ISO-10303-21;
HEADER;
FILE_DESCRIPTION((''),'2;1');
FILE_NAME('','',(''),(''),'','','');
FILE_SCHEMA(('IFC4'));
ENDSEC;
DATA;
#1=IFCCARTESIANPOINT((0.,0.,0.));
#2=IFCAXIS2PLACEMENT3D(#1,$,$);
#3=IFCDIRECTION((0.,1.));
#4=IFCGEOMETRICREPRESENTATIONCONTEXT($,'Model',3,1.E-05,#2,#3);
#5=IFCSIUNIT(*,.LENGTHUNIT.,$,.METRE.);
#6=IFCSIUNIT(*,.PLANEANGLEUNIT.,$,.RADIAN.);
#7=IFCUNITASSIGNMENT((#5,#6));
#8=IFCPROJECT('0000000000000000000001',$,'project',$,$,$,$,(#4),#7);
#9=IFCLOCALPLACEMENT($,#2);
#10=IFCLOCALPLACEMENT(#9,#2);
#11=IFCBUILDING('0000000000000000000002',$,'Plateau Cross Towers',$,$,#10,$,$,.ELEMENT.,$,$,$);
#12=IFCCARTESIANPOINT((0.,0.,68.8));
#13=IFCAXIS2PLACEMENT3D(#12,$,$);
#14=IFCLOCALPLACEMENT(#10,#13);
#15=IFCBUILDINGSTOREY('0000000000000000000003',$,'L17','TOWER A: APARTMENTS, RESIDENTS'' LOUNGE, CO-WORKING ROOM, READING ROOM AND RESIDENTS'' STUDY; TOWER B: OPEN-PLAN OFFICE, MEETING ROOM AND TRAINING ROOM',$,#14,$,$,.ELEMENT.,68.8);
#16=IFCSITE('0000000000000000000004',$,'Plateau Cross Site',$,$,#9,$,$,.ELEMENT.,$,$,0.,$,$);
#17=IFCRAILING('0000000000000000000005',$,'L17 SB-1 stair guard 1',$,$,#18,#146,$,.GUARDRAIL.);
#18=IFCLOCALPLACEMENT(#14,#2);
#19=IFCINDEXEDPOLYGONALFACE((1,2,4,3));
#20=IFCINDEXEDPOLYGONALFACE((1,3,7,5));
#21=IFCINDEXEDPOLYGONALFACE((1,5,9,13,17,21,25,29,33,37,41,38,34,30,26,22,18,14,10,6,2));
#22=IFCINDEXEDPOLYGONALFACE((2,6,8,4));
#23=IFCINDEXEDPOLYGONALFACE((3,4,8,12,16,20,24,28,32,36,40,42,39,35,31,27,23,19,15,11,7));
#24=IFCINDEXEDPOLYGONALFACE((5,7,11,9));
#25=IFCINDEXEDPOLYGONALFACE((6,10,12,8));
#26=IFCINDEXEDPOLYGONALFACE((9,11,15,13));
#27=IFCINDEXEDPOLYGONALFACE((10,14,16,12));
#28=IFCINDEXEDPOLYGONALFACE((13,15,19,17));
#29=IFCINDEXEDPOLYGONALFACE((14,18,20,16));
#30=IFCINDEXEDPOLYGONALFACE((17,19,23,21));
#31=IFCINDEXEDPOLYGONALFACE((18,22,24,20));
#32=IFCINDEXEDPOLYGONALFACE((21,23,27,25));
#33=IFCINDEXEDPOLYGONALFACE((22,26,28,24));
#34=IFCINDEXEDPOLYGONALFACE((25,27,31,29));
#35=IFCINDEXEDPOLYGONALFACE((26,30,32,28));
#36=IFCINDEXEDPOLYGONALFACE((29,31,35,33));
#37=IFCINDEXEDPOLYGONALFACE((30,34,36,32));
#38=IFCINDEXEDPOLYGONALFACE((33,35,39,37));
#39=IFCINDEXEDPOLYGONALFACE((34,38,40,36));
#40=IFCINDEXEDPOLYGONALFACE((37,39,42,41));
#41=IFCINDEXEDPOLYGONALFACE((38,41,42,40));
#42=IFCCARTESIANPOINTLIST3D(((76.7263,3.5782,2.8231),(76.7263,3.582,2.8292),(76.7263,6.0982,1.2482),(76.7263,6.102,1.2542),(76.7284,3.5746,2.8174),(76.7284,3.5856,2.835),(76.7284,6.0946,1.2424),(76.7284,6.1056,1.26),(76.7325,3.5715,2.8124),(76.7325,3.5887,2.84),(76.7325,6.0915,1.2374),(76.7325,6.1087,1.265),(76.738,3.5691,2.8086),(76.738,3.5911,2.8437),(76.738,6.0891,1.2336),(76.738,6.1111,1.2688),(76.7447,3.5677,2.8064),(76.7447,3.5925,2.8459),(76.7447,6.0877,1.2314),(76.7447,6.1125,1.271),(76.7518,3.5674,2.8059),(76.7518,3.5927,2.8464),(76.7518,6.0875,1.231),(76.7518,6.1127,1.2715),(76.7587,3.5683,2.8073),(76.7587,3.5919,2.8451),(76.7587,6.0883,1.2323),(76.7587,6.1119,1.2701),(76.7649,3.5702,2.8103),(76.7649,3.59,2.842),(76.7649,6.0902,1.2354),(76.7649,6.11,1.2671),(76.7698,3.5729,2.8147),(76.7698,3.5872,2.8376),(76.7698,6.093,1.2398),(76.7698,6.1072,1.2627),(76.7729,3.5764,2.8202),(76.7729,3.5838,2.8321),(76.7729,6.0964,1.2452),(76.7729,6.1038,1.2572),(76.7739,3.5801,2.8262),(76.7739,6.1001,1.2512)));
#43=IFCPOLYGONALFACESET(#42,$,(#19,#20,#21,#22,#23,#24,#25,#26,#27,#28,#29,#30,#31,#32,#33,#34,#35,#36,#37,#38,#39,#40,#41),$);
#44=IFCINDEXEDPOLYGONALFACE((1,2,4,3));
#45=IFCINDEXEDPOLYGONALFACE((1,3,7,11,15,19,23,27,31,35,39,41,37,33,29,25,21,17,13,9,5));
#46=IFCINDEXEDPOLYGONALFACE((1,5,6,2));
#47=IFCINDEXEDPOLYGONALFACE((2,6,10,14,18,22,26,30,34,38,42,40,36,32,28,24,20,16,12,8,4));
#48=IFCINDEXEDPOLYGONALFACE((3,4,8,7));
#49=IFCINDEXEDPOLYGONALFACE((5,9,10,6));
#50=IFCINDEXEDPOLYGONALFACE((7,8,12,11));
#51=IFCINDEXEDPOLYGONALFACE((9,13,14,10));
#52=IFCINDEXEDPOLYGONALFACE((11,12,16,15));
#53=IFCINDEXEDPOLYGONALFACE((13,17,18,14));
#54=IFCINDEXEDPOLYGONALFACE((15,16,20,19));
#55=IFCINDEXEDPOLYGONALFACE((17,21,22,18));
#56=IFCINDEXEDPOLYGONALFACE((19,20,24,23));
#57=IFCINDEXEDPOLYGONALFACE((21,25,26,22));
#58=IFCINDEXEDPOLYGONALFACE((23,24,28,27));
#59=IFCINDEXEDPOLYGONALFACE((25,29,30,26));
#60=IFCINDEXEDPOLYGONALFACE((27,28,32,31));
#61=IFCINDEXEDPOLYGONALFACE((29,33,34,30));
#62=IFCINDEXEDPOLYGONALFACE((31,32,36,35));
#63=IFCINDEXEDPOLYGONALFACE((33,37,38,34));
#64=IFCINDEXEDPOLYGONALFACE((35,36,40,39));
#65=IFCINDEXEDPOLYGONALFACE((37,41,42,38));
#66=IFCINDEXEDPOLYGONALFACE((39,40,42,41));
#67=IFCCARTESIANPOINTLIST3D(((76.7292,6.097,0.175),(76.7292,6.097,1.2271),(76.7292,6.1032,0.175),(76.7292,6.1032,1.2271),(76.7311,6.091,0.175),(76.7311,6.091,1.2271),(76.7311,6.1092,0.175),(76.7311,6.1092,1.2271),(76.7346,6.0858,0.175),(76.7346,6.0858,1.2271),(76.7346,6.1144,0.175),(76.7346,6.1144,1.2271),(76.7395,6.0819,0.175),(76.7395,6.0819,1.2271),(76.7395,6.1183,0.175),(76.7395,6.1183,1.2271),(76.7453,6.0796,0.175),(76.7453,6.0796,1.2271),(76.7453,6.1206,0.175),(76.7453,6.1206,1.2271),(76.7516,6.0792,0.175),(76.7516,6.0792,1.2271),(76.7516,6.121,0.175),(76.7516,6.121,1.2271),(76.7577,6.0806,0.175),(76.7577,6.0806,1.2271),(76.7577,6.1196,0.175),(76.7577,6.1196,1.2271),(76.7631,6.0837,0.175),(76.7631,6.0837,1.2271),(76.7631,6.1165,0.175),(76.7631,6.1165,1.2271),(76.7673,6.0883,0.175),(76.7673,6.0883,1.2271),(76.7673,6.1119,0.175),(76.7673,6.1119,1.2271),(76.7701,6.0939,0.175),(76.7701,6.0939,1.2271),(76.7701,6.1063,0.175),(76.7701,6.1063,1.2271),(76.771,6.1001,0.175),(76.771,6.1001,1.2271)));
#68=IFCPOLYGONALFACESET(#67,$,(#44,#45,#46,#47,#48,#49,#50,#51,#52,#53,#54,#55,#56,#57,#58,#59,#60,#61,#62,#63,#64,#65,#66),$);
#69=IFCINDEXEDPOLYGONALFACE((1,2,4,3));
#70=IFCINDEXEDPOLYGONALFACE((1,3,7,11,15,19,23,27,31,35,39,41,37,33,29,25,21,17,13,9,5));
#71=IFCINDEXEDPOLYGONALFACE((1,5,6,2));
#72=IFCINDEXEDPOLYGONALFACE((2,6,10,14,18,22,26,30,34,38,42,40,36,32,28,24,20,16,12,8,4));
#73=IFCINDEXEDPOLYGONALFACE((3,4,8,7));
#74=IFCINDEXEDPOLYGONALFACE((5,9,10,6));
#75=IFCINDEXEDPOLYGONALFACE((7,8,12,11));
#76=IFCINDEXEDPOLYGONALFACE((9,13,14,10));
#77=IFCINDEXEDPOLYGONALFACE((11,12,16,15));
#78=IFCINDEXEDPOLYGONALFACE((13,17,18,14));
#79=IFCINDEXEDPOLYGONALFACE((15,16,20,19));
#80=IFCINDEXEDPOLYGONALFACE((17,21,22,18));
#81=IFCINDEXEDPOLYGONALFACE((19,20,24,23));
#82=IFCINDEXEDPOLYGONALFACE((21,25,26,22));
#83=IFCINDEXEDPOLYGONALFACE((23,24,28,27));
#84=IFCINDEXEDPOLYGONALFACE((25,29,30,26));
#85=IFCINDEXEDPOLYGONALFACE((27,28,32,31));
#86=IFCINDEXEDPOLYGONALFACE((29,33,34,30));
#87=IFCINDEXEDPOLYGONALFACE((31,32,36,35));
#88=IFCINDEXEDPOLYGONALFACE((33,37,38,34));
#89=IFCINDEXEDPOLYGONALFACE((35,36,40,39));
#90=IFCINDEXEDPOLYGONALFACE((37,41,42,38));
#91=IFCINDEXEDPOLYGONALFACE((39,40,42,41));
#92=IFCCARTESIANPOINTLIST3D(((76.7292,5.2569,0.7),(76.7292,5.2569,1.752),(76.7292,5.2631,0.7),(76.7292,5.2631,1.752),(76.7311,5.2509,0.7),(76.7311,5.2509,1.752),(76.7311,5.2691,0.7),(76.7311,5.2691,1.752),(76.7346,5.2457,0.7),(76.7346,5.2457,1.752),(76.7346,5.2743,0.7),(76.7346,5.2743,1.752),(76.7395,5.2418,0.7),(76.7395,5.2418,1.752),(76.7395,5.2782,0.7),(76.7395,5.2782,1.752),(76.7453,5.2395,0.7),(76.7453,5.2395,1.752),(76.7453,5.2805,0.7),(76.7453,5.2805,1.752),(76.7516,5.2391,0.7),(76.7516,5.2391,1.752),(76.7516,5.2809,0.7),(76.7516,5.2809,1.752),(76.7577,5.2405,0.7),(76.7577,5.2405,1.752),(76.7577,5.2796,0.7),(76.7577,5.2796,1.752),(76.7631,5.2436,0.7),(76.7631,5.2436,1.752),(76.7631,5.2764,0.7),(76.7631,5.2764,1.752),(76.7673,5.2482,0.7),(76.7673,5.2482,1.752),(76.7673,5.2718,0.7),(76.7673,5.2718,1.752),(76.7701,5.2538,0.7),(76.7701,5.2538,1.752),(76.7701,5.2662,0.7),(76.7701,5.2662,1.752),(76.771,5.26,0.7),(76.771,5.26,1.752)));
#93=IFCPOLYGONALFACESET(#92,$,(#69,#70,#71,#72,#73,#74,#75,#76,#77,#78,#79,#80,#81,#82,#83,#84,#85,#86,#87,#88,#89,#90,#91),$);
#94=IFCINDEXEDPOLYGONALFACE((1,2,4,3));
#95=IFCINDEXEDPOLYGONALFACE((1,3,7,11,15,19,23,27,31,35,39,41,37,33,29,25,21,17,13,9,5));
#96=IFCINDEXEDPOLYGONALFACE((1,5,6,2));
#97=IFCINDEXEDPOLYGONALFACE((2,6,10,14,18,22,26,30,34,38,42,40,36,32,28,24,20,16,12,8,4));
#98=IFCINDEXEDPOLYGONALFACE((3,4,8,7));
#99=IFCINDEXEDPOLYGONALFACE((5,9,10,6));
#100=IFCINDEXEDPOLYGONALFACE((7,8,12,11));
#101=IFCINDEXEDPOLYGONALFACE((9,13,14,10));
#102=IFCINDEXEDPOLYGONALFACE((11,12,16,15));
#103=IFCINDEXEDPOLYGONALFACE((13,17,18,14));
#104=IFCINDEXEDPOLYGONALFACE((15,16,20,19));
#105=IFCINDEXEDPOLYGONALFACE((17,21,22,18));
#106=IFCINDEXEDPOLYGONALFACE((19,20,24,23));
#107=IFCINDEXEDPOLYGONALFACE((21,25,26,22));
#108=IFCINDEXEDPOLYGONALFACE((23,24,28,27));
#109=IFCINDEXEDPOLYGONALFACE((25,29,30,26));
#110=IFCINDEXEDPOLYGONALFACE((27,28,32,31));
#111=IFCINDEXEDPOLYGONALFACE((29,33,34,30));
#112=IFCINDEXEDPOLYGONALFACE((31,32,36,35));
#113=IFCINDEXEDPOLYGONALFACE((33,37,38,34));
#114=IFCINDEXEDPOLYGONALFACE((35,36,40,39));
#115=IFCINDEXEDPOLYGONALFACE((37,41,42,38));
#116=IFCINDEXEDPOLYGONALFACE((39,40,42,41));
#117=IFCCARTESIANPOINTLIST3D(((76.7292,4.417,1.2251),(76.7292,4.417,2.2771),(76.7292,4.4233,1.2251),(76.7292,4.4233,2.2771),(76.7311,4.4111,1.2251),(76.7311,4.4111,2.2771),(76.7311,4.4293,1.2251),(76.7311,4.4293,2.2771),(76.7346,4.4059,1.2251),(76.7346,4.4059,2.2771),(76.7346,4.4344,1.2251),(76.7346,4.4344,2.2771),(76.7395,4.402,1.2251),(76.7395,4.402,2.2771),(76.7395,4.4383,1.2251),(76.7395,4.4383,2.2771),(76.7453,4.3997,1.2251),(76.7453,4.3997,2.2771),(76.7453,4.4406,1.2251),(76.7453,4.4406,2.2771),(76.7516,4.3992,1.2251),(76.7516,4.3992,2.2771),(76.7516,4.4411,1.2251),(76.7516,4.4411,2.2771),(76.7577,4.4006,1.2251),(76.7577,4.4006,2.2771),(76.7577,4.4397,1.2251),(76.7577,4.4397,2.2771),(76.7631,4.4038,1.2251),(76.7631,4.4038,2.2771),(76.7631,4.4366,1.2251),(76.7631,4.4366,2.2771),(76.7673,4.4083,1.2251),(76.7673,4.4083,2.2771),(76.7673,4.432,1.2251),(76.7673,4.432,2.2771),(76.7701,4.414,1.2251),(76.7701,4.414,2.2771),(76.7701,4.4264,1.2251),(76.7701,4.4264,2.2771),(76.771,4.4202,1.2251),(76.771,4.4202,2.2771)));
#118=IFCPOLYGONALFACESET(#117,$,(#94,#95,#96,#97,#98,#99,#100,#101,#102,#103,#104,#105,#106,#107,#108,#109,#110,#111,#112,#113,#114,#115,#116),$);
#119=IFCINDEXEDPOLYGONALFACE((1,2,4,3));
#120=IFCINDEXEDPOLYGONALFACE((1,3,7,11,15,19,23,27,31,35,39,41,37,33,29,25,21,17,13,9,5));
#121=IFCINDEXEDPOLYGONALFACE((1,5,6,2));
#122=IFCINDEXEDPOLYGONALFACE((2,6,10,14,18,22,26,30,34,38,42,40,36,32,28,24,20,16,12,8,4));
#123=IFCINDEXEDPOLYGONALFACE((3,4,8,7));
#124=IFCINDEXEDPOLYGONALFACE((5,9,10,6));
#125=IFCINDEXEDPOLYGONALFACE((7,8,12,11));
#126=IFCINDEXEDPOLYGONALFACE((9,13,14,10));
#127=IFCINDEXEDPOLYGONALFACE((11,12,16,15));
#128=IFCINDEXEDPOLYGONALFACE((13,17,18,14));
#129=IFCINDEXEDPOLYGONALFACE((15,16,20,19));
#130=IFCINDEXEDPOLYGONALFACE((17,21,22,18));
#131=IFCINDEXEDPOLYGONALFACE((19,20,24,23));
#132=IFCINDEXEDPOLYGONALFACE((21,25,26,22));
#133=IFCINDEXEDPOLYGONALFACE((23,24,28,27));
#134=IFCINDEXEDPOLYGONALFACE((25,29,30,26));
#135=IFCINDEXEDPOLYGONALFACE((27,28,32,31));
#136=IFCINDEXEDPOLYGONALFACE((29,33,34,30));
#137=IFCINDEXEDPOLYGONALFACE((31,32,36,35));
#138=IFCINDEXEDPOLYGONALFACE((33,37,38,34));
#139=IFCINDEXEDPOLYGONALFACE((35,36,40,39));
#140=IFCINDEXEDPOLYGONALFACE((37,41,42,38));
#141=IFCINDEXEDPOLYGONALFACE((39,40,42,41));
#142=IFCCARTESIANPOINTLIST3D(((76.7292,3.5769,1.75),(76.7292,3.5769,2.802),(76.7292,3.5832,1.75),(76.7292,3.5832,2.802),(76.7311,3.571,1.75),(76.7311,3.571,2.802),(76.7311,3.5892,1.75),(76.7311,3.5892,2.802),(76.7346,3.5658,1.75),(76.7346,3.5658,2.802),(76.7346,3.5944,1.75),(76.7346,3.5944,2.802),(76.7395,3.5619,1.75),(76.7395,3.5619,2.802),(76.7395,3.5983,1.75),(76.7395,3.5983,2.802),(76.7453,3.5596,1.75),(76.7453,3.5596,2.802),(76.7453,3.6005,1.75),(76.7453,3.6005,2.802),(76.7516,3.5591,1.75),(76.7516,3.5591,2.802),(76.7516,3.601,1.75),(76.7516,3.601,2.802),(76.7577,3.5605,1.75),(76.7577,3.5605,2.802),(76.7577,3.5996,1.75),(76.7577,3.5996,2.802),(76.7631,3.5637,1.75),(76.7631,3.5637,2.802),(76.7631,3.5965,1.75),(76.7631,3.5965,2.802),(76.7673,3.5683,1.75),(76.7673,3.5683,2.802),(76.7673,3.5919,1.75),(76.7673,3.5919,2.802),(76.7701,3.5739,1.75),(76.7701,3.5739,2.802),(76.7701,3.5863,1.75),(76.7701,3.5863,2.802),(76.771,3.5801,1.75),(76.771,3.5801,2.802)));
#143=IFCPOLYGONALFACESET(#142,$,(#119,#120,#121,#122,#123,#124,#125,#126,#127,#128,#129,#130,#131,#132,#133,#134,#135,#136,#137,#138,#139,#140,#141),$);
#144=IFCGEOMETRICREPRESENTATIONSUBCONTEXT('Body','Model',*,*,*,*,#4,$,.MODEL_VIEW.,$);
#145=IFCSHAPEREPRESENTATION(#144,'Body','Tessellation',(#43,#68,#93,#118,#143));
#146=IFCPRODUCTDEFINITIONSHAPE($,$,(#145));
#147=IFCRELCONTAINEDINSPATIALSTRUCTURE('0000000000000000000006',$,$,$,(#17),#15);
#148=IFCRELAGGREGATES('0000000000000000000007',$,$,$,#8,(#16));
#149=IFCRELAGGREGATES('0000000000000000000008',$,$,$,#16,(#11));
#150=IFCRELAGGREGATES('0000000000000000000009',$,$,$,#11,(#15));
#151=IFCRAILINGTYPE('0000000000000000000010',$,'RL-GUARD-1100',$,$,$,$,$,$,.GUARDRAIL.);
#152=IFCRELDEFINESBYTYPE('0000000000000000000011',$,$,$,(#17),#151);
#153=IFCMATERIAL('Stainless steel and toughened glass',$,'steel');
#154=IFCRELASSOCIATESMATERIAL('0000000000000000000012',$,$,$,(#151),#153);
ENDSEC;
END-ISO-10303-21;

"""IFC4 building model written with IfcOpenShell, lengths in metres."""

from ifc_helpers import new_model, si_unit, direction, frame, origin, origin_2d, place, context, subcontext, project, spatial, circle, extrude, material, type_object, element, save


model = new_model("IFC4")

# Units and contexts
model_context = context("Model", 3, precision=1e-05, world=origin(), true_north=direction((0.0, 1.0)))
body_context = subcontext(model_context, "Body", "Model", "MODEL_VIEW")
ifc_project = project(units=[si_unit("LENGTHUNIT", "METRE"), si_unit("PLANEANGLEUNIT", "RADIAN")], contexts=[model_context])

# Site, building, storey
site_placement = place(None, origin())
site = spatial("IfcSite", under=ifc_project, at=site_placement, Name="Plateau Cross Site", CompositionType="ELEMENT", RefElevation=0.0)
building_placement = place(site_placement, origin())
building = spatial("IfcBuilding", under=site, at=building_placement, Name="Plateau Cross Towers", CompositionType="ELEMENT")
storey_placement = place(building_placement, frame((0.0, 0.0, 68.8)))
storey = spatial("IfcBuildingStorey", under=building, at=storey_placement, Name="L17", Description="TOWER A: APARTMENTS, RESIDENTS' LOUNGE, CO-WORKING ROOM, READING ROOM AND RESIDENTS' STUDY; TOWER B: OPEN-PLAN OFFICE, MEETING ROOM AND TRAINING ROOM", CompositionType="ELEMENT", Elevation=68.8)

# Railing
ifc_material_1 = material(Name="Stainless steel and toughened glass", Category="steel")
railing_type_1 = type_object("IfcRailingType", Name="RL-GUARD-1100", PredefinedType="GUARDRAIL", material=ifc_material_1)
railing_1_placement = place(storey_placement, frame((76.75, 6.1001, 0.175)))
element("IfcRailing", 1, at=railing_1_placement, inside=storey, type_object=railing_type_1, Name="L17 SB-1 stair guard 1", PredefinedType="GUARDRAIL", context=body_context, shape_type="SweptSolid", body=[
    extrude(circle(Radius=0.0239, at=origin_2d()), frame((0.0, 0.0, 1.0762), z_axis=(0.0, -0.848008, 0.529984), x_axis=(1.0, 0.0, 0.0)), (0.0, 0.0, 1.0), 2.9717),
    extrude(circle(Radius=0.021, at=origin_2d()), origin(), (0.0, 0.0, 1.0), 1.052),
    extrude(circle(Radius=0.021, at=origin_2d()), frame((0.0, -0.8401, 0.5249)), (0.0, 0.0, 1.0), 1.052),
    extrude(circle(Radius=0.021, at=origin_2d()), frame((0.0, -1.6799, 1.05)), (0.0, 0.0, 1.0), 1.052),
    extrude(circle(Radius=0.021, at=origin_2d()), frame((0.0, -2.52, 1.575)), (0.0, 0.0, 1.0), 1.052),
])

save(model, "model.ifc")
